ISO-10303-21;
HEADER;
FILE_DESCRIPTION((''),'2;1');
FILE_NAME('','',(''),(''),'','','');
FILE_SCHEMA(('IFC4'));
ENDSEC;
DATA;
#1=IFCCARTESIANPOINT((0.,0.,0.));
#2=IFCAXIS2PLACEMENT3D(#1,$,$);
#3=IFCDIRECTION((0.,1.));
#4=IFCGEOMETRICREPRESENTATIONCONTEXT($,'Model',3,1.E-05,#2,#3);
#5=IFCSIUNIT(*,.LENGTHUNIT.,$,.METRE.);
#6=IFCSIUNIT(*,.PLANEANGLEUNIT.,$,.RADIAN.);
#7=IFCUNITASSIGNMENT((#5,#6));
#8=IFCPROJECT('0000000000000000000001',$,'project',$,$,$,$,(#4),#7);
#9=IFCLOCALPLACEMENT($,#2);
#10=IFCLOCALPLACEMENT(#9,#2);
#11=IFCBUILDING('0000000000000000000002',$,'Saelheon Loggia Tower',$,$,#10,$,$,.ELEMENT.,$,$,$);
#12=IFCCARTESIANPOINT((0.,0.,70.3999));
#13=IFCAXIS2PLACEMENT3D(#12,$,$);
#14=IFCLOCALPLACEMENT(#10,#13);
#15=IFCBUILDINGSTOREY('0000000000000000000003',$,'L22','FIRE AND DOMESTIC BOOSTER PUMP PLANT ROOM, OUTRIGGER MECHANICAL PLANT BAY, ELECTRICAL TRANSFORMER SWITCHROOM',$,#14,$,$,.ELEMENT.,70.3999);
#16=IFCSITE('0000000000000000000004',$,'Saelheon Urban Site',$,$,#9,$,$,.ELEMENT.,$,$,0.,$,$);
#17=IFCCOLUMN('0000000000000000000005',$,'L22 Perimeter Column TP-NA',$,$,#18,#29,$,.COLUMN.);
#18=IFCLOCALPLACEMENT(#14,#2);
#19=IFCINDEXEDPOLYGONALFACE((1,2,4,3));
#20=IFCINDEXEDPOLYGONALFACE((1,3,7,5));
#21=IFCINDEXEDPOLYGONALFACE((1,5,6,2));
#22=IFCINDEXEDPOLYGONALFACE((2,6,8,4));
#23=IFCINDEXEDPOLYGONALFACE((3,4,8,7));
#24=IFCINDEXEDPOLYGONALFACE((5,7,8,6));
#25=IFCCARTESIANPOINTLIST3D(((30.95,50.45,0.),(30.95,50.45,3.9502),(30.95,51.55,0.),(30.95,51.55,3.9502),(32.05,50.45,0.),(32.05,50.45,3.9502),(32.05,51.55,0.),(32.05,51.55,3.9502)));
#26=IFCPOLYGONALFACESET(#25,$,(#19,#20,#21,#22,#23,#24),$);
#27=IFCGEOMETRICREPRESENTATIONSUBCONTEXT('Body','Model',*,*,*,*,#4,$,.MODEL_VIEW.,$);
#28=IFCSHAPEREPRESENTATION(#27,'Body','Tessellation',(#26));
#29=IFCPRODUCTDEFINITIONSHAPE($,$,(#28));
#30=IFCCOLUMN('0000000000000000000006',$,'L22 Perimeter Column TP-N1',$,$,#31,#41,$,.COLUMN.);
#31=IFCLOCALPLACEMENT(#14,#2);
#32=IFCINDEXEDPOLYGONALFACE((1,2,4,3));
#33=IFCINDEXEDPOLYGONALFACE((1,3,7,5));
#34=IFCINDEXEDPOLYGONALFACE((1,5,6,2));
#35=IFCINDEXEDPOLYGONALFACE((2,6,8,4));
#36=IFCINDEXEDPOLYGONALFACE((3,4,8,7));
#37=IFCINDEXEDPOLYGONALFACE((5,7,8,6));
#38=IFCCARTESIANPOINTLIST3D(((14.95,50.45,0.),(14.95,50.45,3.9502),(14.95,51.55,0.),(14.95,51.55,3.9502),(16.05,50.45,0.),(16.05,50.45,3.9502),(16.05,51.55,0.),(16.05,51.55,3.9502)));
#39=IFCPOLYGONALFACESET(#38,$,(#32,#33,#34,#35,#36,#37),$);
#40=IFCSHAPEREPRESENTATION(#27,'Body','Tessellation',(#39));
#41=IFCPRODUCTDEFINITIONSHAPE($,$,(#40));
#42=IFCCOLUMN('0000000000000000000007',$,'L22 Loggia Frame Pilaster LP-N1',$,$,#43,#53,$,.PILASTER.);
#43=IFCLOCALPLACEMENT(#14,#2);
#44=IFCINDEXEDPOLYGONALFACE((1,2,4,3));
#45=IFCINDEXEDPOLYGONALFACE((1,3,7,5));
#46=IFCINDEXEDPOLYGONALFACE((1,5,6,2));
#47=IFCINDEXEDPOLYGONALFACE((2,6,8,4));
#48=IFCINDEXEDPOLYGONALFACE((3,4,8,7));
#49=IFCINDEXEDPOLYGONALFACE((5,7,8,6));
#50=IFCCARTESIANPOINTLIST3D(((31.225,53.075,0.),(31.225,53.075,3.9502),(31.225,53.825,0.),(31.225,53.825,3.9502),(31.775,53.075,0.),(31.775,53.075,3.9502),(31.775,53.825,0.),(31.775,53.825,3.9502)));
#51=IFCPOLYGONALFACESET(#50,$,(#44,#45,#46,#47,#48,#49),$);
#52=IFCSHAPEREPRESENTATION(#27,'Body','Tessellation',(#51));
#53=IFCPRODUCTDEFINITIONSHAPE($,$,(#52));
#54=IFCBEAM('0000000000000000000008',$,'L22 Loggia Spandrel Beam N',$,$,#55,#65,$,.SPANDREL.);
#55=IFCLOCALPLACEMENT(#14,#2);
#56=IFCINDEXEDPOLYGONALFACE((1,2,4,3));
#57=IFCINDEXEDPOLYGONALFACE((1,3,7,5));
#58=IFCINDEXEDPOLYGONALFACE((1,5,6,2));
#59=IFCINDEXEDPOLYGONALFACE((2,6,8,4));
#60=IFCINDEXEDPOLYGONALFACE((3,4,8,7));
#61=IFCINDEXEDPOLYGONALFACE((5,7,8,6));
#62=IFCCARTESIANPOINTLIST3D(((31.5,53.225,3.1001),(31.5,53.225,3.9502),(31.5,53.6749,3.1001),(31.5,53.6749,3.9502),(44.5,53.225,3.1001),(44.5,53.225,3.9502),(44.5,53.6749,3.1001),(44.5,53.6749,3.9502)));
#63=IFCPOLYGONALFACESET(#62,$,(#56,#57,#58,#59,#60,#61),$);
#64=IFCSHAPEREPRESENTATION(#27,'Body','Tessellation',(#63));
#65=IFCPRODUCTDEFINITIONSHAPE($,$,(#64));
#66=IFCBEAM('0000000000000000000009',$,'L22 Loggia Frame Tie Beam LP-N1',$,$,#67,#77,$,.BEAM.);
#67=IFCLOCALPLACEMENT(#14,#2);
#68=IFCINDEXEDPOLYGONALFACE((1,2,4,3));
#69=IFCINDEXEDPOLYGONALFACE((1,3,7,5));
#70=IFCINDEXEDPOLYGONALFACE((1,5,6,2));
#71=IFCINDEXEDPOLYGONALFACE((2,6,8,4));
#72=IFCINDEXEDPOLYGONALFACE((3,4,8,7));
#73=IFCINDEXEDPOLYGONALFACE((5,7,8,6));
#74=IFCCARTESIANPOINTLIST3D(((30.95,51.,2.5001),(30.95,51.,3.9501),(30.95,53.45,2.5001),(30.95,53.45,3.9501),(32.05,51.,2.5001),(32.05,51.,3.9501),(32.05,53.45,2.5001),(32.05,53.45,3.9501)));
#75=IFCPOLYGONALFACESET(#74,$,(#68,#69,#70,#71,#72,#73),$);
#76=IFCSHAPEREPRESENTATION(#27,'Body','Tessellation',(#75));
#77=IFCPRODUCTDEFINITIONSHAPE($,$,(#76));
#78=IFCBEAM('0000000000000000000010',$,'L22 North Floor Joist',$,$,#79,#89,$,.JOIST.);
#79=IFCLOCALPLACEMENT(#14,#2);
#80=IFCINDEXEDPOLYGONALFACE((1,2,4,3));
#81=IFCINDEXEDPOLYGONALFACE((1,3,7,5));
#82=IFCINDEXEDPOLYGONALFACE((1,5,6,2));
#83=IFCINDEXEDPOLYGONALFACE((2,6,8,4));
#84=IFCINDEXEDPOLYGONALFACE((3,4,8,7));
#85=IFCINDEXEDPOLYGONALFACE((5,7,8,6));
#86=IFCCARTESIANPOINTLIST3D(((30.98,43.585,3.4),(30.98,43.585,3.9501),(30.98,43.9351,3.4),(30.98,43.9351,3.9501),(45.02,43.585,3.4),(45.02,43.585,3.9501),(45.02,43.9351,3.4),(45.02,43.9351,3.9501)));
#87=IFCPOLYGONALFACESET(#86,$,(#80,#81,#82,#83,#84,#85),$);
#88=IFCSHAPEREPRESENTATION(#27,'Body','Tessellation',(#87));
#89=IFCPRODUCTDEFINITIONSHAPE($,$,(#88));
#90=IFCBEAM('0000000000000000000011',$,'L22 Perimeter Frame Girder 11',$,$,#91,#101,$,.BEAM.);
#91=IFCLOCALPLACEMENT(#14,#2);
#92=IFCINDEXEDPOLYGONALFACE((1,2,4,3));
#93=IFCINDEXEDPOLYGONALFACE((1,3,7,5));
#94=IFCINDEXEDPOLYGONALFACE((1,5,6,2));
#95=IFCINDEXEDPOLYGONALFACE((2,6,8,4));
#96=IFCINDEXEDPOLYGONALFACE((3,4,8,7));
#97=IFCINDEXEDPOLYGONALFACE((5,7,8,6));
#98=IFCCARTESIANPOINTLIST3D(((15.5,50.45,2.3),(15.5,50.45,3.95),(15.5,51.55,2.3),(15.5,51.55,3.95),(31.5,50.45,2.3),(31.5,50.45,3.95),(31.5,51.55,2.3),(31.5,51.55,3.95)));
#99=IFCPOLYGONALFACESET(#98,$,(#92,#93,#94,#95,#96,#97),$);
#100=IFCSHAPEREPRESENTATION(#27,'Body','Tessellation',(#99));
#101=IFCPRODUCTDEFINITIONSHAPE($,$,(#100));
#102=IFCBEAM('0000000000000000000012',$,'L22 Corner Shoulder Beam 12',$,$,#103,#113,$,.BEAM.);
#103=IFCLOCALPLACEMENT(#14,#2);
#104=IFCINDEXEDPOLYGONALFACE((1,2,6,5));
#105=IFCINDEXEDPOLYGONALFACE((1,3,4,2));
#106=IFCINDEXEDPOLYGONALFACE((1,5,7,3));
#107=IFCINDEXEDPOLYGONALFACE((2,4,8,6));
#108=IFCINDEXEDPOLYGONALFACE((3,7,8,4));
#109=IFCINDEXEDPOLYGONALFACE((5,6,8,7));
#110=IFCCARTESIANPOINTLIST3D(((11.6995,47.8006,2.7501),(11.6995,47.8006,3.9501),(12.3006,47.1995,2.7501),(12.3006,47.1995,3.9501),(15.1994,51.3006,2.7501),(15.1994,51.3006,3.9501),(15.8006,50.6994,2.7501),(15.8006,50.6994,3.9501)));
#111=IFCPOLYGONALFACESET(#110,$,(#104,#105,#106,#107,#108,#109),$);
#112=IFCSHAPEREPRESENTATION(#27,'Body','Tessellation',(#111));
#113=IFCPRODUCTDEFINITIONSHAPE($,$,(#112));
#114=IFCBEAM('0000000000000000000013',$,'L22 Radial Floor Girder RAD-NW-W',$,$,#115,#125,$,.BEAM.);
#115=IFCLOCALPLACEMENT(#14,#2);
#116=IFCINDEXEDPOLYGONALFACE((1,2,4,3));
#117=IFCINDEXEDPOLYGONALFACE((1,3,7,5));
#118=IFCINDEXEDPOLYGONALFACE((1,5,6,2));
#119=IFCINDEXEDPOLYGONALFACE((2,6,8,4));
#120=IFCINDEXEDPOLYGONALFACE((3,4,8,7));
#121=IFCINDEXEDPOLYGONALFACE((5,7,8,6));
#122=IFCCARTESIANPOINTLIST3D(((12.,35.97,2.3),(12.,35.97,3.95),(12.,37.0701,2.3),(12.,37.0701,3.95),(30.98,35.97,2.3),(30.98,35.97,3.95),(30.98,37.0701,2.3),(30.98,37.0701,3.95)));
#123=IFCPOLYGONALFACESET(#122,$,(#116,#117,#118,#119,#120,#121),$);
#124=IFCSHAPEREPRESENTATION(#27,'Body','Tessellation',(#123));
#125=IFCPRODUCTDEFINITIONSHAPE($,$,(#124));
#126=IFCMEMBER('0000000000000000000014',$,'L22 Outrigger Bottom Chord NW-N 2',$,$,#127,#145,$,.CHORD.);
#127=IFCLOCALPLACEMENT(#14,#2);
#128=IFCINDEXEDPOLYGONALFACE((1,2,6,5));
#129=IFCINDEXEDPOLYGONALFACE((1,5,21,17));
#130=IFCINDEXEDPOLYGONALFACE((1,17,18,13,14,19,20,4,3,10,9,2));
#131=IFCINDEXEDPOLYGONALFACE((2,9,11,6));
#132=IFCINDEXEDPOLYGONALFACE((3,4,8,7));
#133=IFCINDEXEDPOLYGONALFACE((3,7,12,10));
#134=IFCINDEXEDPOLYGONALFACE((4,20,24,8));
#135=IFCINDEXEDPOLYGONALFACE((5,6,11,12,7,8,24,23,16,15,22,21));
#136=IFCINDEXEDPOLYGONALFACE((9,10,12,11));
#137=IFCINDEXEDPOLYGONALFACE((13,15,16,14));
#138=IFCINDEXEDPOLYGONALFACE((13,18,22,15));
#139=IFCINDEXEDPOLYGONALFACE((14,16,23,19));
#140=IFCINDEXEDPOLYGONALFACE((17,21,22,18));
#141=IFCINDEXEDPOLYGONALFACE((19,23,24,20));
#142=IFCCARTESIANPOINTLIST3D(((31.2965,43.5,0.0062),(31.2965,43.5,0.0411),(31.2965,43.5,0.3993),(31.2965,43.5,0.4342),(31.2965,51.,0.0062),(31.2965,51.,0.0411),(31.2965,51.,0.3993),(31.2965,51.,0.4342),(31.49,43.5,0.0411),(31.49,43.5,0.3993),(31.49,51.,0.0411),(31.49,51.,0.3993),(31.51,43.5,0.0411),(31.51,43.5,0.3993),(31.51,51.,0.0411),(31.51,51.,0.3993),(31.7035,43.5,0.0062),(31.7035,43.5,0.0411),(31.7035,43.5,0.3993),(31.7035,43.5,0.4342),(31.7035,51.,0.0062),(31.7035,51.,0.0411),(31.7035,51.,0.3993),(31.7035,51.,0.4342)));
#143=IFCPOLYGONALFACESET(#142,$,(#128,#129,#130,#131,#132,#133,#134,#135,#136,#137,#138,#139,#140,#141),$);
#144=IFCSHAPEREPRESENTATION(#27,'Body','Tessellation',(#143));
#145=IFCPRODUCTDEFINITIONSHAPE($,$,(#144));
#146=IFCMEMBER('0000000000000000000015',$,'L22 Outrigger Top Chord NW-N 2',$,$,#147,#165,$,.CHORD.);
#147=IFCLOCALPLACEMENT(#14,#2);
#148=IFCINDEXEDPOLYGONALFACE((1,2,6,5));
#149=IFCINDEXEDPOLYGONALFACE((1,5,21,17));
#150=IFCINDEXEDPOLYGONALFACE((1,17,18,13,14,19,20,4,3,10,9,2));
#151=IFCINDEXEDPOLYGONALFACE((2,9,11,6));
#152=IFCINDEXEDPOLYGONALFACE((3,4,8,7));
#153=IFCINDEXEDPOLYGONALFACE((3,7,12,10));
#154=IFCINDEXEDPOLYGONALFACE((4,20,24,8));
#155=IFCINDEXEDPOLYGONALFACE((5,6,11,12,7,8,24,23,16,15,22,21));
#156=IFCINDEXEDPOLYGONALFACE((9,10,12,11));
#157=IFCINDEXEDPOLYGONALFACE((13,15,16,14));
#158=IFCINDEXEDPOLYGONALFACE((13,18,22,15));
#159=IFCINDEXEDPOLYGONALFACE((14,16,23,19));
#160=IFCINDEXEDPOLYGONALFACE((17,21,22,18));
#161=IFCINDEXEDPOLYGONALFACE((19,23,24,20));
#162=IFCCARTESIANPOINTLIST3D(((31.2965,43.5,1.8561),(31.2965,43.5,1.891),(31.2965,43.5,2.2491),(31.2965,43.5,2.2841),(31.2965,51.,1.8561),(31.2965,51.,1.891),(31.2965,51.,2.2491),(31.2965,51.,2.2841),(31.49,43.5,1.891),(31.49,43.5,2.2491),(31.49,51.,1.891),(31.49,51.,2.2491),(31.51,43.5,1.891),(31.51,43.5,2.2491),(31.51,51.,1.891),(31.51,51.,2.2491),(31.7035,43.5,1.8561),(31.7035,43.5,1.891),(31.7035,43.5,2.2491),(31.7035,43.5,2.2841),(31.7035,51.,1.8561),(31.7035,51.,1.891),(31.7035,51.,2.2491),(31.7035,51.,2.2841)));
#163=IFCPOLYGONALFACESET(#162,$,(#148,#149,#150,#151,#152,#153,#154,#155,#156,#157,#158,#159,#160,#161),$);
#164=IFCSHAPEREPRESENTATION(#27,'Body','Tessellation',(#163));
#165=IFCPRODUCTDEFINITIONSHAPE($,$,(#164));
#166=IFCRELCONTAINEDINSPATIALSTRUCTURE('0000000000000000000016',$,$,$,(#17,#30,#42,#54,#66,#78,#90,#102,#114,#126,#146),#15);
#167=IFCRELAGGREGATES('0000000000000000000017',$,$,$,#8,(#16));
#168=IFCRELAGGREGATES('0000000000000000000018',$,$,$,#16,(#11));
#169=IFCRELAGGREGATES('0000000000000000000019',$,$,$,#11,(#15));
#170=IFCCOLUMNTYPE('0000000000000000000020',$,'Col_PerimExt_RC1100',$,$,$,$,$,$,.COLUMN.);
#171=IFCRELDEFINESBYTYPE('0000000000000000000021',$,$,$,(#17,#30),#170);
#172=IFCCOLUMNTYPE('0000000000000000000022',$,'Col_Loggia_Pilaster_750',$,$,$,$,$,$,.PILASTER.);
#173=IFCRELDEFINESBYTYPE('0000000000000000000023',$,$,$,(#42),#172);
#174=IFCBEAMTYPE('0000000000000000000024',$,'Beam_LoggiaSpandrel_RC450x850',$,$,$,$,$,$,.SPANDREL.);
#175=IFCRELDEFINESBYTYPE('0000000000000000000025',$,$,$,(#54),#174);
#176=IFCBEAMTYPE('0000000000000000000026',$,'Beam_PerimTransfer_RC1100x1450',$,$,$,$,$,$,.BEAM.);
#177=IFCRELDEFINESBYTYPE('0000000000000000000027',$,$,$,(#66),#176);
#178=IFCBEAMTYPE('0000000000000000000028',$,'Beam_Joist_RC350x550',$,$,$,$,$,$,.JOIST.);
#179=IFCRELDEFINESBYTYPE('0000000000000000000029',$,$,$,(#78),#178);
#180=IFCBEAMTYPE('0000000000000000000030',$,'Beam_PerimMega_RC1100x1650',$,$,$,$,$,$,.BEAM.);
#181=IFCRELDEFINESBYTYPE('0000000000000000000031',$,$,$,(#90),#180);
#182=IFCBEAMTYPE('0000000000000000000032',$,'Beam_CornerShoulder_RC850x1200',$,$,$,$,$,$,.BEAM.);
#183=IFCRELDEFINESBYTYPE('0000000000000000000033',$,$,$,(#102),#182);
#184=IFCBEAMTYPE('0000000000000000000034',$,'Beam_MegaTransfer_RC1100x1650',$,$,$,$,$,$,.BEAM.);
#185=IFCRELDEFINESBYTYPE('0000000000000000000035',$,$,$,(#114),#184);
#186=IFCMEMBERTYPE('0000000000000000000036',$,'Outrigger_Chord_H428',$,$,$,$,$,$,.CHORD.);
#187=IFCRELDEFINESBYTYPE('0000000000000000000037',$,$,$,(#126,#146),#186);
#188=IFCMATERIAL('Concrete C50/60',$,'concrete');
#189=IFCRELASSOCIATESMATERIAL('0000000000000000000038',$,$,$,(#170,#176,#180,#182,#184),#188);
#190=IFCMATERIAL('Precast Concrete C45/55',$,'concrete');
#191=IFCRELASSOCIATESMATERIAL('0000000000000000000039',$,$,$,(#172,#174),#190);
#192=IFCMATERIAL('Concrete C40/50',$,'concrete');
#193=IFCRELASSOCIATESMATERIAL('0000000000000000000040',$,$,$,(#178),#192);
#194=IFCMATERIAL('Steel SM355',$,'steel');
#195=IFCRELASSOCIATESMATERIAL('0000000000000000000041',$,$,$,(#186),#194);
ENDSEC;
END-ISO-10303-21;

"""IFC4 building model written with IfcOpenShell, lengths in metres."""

from ifc_helpers import new_model, si_unit, direction, frame, origin, origin_2d, place, context, subcontext, project, spatial, rectangle, i_section, extrude, source, transform, mapped, material, material_profile, profile_set, type_object, element, save


model = new_model("IFC4")

# Units and contexts
model_context = context("Model", 3, precision=1e-05, world=origin(), true_north=direction((0.0, 1.0)))
body_context = subcontext(model_context, "Body", "Model", "MODEL_VIEW")
ifc_project = project(units=[si_unit("LENGTHUNIT", "METRE"), si_unit("PLANEANGLEUNIT", "RADIAN")], contexts=[model_context])

# Site, building, storey
site_placement = place(None, origin())
site = spatial("IfcSite", under=ifc_project, at=site_placement, Name="Saelheon Urban Site", CompositionType="ELEMENT", RefElevation=0.0)
building_placement = place(site_placement, origin())
building = spatial("IfcBuilding", under=site, at=building_placement, Name="Saelheon Loggia Tower", CompositionType="ELEMENT")
storey_placement = place(building_placement, frame((0.0, 0.0, 70.3999)))
storey = spatial("IfcBuildingStorey", under=building, at=storey_placement, Name="L22", Description="FIRE AND DOMESTIC BOOSTER PUMP PLANT ROOM, OUTRIGGER MECHANICAL PLANT BAY, ELECTRICAL TRANSFORMER SWITCHROOM", CompositionType="ELEMENT", Elevation=70.3999)

# Columns
ifc_material_1 = material(Name="Concrete C50/60", Category="concrete")
ifc_material_profile_1 = material_profile(ifc_material_1, rectangle(XDim=1.1001, YDim=1.1001, at=origin_2d()), Name="RC-1100x1100")
ifc_profile_set_1 = profile_set([ifc_material_profile_1], Name="Concrete C50/60")
column_type_1 = type_object("IfcColumnType", Name="Col_PerimExt_RC1100", PredefinedType="COLUMN", material=ifc_profile_set_1)
shared_shape_1 = source(origin(), body_context, "Body", "SweptSolid", [
    extrude(rectangle(XDim=1.1001, YDim=1.1001, at=origin_2d()), origin(), (0.0, 0.0, 1.0), 3.9502),
])
for number, where, z_axis, x_axis, name in (
    (1, (31.5, 51.0, 0.0), (0.0, 0.0, 1.0), (1.0, 0.0, 0.0), "L22 Perimeter Column TP-NA"),
    (2, (15.5, 51.0, 0.0), (0.0, 0.0, 1.0), (1.0, 0.0, 0.0), "L22 Perimeter Column TP-N1"),
):
    element("IfcColumn", number, at=place(storey_placement, frame(where, z_axis=z_axis, x_axis=x_axis)), inside=storey, type_object=column_type_1, Name=name, PredefinedType="COLUMN", context=body_context, shape_type="MappedRepresentation", body=[
        mapped(shared_shape_1, transform((0.0, 0.0, 0.0), scale=1.0)),
    ])
ifc_material_2 = material(Name="Precast Concrete C45/55", Category="concrete")
ifc_material_profile_2 = material_profile(ifc_material_2, rectangle(XDim=0.55, YDim=0.75, at=origin_2d()), Name="RC-550x750")
ifc_profile_set_2 = profile_set([ifc_material_profile_2], Name="Precast Concrete C45/55")
column_type_2 = type_object("IfcColumnType", Name="Col_Loggia_Pilaster_750", PredefinedType="PILASTER", material=ifc_profile_set_2)
shared_shape_2 = source(origin(), body_context, "Body", "SweptSolid", [
    extrude(rectangle(XDim=0.55, YDim=0.75, at=origin_2d()), origin(), (0.0, 0.0, 1.0), 3.9502),
])
column_placement = place(storey_placement, frame((31.5, 53.45, 0.0), z_axis=(0.0, 0.0, 1.0), x_axis=(1.0, 0.0, 0.0)))
element("IfcColumn", 3, at=column_placement, inside=storey, type_object=column_type_2, Name="L22 Loggia Frame Pilaster LP-N1", PredefinedType="PILASTER", context=body_context, shape_type="MappedRepresentation", body=[
    mapped(shared_shape_2, transform((0.0, 0.0, 0.0), scale=1.0)),
])

# Beams
ifc_material_profile_3 = material_profile(ifc_material_2, rectangle(XDim=0.45, YDim=0.8501, at=origin_2d()), Name="RC-450x850")
ifc_profile_set_3 = profile_set([ifc_material_profile_3], Name="Precast Concrete C45/55")
beam_type_1 = type_object("IfcBeamType", Name="Beam_LoggiaSpandrel_RC450x850", PredefinedType="SPANDREL", material=ifc_profile_set_3)
shared_shape_3 = source(origin(), body_context, "Body", "SweptSolid", [
    extrude(rectangle(XDim=0.45, YDim=0.8501, at=origin_2d()), origin(), (0.0, 0.0, 1.0), 13.0),
])
beam_1_placement = place(storey_placement, frame((31.5, 53.45, 3.5251), z_axis=(1.0, 0.0, 0.0), x_axis=(0.0, 1.0, 0.0)))
element("IfcBeam", 4, at=beam_1_placement, inside=storey, type_object=beam_type_1, Name="L22 Loggia Spandrel Beam N", PredefinedType="SPANDREL", context=body_context, shape_type="MappedRepresentation", body=[
    mapped(shared_shape_3, transform((0.0, 0.0, 0.0), scale=1.0)),
])
ifc_material_profile_4 = material_profile(ifc_material_1, rectangle(XDim=1.1001, YDim=1.45, at=origin_2d()), Name="RC-1100x1450")
ifc_profile_set_4 = profile_set([ifc_material_profile_4], Name="Concrete C50/60")
beam_type_2 = type_object("IfcBeamType", Name="Beam_PerimTransfer_RC1100x1450", PredefinedType="BEAM", material=ifc_profile_set_4)
shared_shape_4 = source(origin(), body_context, "Body", "SweptSolid", [
    extrude(rectangle(XDim=1.1001, YDim=1.45, at=origin_2d()), origin(), (0.0, 0.0, 1.0), 2.45),
])
beam_2_placement = place(storey_placement, frame((31.5, 51.0, 3.2251), z_axis=(0.0, 1.0, 0.0), x_axis=(-1.0, 0.0, 0.0)))
element("IfcBeam", 5, at=beam_2_placement, inside=storey, type_object=beam_type_2, Name="L22 Loggia Frame Tie Beam LP-N1", PredefinedType="BEAM", context=body_context, shape_type="MappedRepresentation", body=[
    mapped(shared_shape_4, transform((0.0, 0.0, 0.0), scale=1.0)),
])
ifc_material_3 = material(Name="Concrete C40/50", Category="concrete")
ifc_material_profile_5 = material_profile(ifc_material_3, rectangle(XDim=0.3501, YDim=0.55, at=origin_2d()), Name="RC-350x550")
ifc_profile_set_5 = profile_set([ifc_material_profile_5], Name="Concrete C40/50")
beam_type_3 = type_object("IfcBeamType", Name="Beam_Joist_RC350x550", PredefinedType="JOIST", material=ifc_profile_set_5)
shared_shape_5 = source(origin(), body_context, "Body", "SweptSolid", [
    extrude(rectangle(XDim=0.3501, YDim=0.55, at=origin_2d()), origin(), (0.0, 0.0, 1.0), 14.04),
])
beam_3_placement = place(storey_placement, frame((30.98, 43.76, 3.675), z_axis=(1.0, 0.0, 0.0), x_axis=(0.0, 1.0, 0.0)))
element("IfcBeam", 6, at=beam_3_placement, inside=storey, type_object=beam_type_3, Name="L22 North Floor Joist", PredefinedType="JOIST", context=body_context, shape_type="MappedRepresentation", body=[
    mapped(shared_shape_5, transform((0.0, 0.0, 0.0), scale=1.0)),
])
ifc_material_profile_6 = material_profile(ifc_material_1, rectangle(XDim=1.1001, YDim=1.6499, at=origin_2d()), Name="RC-1100x1650")
ifc_profile_set_6 = profile_set([ifc_material_profile_6], Name="Concrete C50/60")
beam_type_4 = type_object("IfcBeamType", Name="Beam_PerimMega_RC1100x1650", PredefinedType="BEAM", material=ifc_profile_set_6)
shared_shape_6 = source(origin(), body_context, "Body", "SweptSolid", [
    extrude(rectangle(XDim=1.1001, YDim=1.6499, at=origin_2d()), origin(), (0.0, 0.0, 1.0), 16.0),
])
beam_4_placement = place(storey_placement, frame((31.5, 51.0, 3.125), z_axis=(-1.0, 0.0, 0.0), x_axis=(0.0, -1.0, 0.0)))
element("IfcBeam", 7, at=beam_4_placement, inside=storey, type_object=beam_type_4, Name="L22 Perimeter Frame Girder 11", PredefinedType="BEAM", context=body_context, shape_type="MappedRepresentation", body=[
    mapped(shared_shape_6, transform((0.0, 0.0, 0.0), scale=1.0)),
])
ifc_material_profile_7 = material_profile(ifc_material_1, rectangle(XDim=0.8501, YDim=1.2, at=origin_2d()), Name="RC-850x1200")
ifc_profile_set_7 = profile_set([ifc_material_profile_7], Name="Concrete C50/60")
beam_type_5 = type_object("IfcBeamType", Name="Beam_CornerShoulder_RC850x1200", PredefinedType="BEAM", material=ifc_profile_set_7)
shared_shape_7 = source(origin(), body_context, "Body", "SweptSolid", [
    extrude(rectangle(XDim=0.8501, YDim=1.2, at=origin_2d()), origin(), (0.0, 0.0, 1.0), 4.9497),
])
beam_5_placement = place(storey_placement, frame((15.5, 51.0, 3.3501), z_axis=(-0.707107, -0.707107, 0.0), x_axis=(0.707107, -0.707107, 0.0)))
element("IfcBeam", 8, at=beam_5_placement, inside=storey, type_object=beam_type_5, Name="L22 Corner Shoulder Beam 12", PredefinedType="BEAM", context=body_context, shape_type="MappedRepresentation", body=[
    mapped(shared_shape_7, transform((0.0, 0.0, 0.0), scale=1.0)),
])
ifc_material_profile_8 = material_profile(ifc_material_1, rectangle(XDim=1.1001, YDim=1.6499, at=origin_2d()), Name="RC-1100x1650")
ifc_profile_set_8 = profile_set([ifc_material_profile_8], Name="Concrete C50/60")
beam_type_6 = type_object("IfcBeamType", Name="Beam_MegaTransfer_RC1100x1650", PredefinedType="BEAM", material=ifc_profile_set_8)
shared_shape_8 = source(origin(), body_context, "Body", "SweptSolid", [
    extrude(rectangle(XDim=1.1001, YDim=1.6499, at=origin_2d()), origin(), (0.0, 0.0, 1.0), 18.98),
])
beam_6_placement = place(storey_placement, frame((30.98, 36.52, 3.125), z_axis=(-1.0, 0.0, 0.0), x_axis=(0.0, -1.0, 0.0)))
element("IfcBeam", 9, at=beam_6_placement, inside=storey, type_object=beam_type_6, Name="L22 Radial Floor Girder RAD-NW-W", PredefinedType="BEAM", context=body_context, shape_type="MappedRepresentation", body=[
    mapped(shared_shape_8, transform((0.0, 0.0, 0.0), scale=1.0)),
])

# Members
ifc_material_4 = material(Name="Steel SM355", Category="steel")
ifc_material_profile_9 = material_profile(ifc_material_4, i_section(OverallWidth=0.407, OverallDepth=0.428, WebThickness=0.02, FlangeThickness=0.0349, at=origin_2d()), Name="H-428x407x20x35")
ifc_profile_set_9 = profile_set([ifc_material_profile_9], Name="Steel SM355")
member_type_1 = type_object("IfcMemberType", Name="Outrigger_Chord_H428", PredefinedType="CHORD", material=ifc_profile_set_9)
shared_shape_9 = source(origin(), body_context, "Body", "SweptSolid", [
    extrude(i_section(OverallWidth=0.407, OverallDepth=0.428, WebThickness=0.02, FlangeThickness=0.0349, at=origin_2d()), origin(), (0.0, 0.0, 1.0), 7.5),
])
for number, where, z_axis, x_axis, name in (
    (10, (31.5, 43.5, 0.2202), (0.0, 1.0, 0.0), (-1.0, 0.0, 0.0), "L22 Outrigger Bottom Chord NW-N 2"),
    (11, (31.5, 43.5, 2.0701), (0.0, 1.0, 0.0), (-1.0, 0.0, 0.0), "L22 Outrigger Top Chord NW-N 2"),
):
    element("IfcMember", number, at=place(storey_placement, frame(where, z_axis=z_axis, x_axis=x_axis)), inside=storey, type_object=member_type_1, Name=name, PredefinedType="CHORD", context=body_context, shape_type="MappedRepresentation", body=[
        mapped(shared_shape_9, transform((0.0, 0.0, 0.0), scale=1.0)),
    ])

save(model, "model.ifc")
